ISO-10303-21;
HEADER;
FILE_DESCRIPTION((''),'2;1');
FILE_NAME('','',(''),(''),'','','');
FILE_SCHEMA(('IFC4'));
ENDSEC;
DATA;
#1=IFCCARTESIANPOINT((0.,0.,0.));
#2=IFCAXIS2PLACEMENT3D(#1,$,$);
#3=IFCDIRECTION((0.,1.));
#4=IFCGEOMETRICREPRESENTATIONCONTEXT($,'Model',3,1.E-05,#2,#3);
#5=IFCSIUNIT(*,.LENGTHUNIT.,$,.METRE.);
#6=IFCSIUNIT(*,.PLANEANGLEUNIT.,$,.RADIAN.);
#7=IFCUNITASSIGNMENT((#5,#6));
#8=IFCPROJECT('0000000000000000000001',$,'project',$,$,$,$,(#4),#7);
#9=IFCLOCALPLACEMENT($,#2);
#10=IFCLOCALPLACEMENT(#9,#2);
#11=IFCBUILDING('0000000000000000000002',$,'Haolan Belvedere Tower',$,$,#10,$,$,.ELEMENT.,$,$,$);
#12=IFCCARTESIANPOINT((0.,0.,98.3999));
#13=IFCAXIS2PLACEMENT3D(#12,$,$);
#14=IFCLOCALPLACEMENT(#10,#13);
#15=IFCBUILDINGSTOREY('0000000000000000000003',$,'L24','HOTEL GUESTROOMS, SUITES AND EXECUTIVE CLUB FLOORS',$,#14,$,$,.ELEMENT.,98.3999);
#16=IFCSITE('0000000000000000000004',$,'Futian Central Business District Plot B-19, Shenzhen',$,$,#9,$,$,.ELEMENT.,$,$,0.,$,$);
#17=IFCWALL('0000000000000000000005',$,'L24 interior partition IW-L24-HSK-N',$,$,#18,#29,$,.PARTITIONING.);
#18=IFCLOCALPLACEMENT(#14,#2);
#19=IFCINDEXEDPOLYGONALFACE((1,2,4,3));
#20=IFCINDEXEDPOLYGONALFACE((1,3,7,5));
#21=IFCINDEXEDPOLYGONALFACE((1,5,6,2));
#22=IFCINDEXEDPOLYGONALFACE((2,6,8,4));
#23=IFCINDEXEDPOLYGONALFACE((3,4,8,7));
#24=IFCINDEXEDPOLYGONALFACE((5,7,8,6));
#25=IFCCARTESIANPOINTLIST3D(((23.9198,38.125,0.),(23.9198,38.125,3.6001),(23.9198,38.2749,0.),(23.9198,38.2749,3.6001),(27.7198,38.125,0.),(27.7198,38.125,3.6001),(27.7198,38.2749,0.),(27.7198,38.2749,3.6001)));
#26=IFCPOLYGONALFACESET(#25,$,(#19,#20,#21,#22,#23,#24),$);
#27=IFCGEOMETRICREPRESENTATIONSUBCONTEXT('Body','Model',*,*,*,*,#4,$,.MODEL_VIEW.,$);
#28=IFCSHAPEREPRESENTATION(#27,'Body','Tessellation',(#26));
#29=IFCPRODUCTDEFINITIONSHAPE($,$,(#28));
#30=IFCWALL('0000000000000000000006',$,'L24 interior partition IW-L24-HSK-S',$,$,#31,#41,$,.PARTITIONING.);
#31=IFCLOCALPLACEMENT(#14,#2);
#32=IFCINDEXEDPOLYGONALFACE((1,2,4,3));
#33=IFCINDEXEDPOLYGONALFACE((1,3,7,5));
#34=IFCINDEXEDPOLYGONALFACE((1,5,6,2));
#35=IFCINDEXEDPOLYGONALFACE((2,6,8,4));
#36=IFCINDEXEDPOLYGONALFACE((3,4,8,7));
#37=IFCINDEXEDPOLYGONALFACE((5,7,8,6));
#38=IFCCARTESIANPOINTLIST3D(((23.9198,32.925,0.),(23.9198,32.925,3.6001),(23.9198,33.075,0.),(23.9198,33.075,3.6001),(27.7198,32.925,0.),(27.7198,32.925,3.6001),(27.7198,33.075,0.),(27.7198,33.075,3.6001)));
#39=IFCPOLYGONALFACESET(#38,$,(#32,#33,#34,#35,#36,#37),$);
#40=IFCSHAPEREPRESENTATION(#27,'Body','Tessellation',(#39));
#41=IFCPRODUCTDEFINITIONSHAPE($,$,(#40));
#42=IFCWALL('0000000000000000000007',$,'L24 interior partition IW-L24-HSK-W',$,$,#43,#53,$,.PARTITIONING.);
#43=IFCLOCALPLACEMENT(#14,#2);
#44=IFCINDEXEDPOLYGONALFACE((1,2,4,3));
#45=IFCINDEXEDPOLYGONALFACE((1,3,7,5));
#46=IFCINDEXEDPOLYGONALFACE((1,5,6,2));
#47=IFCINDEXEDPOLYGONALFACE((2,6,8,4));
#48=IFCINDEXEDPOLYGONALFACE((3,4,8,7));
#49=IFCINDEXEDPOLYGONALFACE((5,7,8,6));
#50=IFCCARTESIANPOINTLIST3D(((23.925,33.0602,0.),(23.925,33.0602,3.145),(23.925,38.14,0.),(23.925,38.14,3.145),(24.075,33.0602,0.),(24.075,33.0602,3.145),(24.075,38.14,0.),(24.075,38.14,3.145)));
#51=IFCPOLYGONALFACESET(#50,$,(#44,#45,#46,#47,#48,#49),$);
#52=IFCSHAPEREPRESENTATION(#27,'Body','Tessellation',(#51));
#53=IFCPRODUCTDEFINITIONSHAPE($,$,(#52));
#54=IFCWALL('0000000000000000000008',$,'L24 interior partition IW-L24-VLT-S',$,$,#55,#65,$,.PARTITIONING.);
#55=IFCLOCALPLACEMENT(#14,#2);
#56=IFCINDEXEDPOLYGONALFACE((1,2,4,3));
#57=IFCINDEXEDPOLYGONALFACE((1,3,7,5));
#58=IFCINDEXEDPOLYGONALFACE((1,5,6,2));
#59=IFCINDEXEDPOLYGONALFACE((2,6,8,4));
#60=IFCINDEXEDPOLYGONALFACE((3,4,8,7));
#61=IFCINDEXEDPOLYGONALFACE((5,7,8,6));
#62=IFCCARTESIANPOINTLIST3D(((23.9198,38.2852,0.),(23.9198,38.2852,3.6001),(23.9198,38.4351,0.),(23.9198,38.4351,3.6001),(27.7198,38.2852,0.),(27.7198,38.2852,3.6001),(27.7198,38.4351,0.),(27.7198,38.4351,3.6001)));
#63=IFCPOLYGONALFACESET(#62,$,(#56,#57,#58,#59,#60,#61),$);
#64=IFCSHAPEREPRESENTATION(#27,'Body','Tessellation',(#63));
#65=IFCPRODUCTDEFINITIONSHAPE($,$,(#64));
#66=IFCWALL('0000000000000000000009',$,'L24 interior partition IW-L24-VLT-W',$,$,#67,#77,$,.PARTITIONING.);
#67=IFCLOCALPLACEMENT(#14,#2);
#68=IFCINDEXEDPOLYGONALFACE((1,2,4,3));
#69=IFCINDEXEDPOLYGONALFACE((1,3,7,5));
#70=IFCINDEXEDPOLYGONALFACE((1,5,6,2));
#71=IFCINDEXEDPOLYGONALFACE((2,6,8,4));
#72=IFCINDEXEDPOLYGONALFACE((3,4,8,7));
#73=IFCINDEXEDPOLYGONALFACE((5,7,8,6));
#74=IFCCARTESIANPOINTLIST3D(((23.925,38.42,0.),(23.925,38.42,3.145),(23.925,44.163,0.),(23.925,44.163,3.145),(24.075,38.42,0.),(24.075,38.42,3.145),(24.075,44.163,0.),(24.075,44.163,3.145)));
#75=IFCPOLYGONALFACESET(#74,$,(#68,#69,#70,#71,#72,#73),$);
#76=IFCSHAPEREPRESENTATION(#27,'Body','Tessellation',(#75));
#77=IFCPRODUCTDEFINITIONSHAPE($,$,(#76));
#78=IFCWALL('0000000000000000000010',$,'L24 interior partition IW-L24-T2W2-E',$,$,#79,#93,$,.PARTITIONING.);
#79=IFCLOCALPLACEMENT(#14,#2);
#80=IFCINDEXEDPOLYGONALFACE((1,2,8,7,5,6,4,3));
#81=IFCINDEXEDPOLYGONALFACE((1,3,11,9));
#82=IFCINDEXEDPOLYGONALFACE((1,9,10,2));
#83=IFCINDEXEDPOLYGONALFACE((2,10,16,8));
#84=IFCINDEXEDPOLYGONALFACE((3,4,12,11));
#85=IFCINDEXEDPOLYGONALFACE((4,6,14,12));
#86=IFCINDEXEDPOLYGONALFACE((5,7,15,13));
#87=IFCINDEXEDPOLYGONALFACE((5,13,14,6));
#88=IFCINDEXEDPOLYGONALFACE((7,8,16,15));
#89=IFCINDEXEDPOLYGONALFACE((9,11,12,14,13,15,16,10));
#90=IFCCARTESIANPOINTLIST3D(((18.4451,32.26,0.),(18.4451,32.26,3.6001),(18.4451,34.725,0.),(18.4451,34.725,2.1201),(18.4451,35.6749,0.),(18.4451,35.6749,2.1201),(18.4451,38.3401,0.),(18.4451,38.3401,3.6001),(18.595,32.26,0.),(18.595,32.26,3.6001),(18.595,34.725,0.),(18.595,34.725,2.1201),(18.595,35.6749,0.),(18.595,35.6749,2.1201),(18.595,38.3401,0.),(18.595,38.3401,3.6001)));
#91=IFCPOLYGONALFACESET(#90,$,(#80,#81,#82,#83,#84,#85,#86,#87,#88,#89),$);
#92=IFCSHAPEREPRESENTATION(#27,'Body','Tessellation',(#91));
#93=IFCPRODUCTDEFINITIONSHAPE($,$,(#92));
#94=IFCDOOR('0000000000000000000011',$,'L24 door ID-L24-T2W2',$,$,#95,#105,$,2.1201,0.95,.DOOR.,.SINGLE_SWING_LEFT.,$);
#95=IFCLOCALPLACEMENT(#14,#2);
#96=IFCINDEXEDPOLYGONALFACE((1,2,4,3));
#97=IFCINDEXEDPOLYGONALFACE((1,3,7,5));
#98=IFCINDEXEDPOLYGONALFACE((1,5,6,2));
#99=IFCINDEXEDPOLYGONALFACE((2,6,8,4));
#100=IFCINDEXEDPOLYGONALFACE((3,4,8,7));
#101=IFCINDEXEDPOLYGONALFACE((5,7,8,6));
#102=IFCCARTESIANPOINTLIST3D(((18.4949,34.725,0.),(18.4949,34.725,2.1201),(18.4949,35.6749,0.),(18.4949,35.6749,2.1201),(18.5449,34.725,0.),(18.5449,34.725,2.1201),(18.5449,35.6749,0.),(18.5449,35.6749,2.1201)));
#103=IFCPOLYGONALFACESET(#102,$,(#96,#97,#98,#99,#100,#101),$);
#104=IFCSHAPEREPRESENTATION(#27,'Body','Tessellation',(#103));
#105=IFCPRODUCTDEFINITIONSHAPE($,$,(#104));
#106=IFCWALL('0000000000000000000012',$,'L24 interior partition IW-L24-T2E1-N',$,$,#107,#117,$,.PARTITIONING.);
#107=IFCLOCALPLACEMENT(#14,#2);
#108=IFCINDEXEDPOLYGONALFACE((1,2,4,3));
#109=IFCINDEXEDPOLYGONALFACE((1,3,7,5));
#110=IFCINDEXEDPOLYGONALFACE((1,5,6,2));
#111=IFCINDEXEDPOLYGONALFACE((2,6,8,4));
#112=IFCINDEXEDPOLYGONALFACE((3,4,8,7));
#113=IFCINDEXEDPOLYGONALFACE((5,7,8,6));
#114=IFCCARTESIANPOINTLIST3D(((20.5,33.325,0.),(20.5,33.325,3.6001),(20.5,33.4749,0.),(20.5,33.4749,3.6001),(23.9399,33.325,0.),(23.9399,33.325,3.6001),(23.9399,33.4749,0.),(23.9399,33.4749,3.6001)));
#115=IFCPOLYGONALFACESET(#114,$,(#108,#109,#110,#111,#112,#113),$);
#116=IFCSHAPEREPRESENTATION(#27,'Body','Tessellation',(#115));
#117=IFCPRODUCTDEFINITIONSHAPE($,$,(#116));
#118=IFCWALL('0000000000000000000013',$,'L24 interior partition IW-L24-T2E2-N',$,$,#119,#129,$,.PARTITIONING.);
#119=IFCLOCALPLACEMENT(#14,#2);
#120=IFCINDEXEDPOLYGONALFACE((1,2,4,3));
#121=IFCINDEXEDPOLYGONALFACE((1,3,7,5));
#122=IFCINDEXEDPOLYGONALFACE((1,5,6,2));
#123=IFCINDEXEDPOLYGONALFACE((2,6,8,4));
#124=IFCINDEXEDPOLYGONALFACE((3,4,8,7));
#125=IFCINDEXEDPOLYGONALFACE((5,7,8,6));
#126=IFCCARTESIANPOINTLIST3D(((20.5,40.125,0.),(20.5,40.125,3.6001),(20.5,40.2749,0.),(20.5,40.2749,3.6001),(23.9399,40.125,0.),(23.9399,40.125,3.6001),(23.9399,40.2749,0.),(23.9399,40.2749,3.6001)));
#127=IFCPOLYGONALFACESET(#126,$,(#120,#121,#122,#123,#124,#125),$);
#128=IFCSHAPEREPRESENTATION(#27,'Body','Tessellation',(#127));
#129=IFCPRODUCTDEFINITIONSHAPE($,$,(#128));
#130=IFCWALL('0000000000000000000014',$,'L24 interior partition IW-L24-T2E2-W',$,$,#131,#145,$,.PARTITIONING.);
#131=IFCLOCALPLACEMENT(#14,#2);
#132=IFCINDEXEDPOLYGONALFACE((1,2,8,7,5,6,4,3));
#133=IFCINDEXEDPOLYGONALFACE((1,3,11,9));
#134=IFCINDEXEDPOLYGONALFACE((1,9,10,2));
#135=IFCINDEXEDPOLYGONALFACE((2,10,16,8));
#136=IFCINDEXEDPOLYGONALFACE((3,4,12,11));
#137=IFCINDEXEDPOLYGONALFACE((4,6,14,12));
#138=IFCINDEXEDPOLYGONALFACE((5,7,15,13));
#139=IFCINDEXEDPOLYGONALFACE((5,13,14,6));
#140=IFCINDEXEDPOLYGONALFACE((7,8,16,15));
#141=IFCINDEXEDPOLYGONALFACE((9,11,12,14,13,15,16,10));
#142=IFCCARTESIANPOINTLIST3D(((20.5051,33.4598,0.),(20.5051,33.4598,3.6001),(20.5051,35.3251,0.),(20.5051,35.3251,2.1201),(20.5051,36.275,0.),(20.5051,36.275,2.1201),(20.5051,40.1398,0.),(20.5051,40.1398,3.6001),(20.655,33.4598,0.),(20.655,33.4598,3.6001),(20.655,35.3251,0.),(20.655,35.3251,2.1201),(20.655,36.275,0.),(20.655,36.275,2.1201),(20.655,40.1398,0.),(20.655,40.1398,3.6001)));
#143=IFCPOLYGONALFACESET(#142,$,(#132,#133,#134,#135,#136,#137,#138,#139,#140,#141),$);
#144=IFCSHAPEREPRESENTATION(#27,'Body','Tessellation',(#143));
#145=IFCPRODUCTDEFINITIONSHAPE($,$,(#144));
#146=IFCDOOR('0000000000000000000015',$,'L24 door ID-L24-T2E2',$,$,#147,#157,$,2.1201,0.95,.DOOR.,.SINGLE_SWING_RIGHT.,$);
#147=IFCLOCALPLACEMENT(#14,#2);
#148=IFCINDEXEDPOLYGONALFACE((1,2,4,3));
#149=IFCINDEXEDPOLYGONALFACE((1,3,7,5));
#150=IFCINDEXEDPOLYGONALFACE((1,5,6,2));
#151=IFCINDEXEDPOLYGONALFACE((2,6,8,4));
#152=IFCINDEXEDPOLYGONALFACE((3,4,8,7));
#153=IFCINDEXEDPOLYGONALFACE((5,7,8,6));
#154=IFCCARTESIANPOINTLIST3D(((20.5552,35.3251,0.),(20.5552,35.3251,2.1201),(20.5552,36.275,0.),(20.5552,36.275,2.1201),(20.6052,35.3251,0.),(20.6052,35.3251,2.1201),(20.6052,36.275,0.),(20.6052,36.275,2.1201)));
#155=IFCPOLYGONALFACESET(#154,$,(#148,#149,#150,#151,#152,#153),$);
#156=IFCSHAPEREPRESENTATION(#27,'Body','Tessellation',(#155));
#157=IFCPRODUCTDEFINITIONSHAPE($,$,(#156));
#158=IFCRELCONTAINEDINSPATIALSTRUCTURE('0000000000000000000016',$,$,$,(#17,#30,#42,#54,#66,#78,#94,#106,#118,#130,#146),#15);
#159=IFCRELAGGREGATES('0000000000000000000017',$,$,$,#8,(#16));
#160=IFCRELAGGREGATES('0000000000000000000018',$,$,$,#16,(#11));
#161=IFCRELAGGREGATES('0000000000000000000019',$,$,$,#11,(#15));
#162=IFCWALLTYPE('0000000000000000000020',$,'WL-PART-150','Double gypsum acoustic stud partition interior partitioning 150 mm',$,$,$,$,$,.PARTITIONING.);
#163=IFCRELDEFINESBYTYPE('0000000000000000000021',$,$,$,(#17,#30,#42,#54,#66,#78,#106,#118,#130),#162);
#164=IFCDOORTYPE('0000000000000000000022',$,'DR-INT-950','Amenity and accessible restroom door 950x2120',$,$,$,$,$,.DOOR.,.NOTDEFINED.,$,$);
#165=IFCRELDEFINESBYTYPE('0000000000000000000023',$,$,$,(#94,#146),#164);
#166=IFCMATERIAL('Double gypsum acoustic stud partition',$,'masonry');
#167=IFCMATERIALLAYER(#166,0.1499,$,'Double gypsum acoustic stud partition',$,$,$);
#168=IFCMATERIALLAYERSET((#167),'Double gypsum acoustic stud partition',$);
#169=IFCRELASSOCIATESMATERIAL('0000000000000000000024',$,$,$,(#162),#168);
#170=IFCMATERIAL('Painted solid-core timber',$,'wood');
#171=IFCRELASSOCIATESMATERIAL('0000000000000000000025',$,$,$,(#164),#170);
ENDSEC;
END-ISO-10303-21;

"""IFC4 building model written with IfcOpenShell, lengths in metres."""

from ifc_helpers import new_model, si_unit, direction, frame, frame_2d, origin, place, context, subcontext, project, spatial, rectangle, extrude, material, layer, layer_set, type_object, element, fill, save


model = new_model("IFC4")

# Units and contexts
model_context = context("Model", 3, precision=1e-05, world=origin(), true_north=direction((0.0, 1.0)))
body_context = subcontext(model_context, "Body", "Model", "MODEL_VIEW")
ifc_project = project(units=[si_unit("LENGTHUNIT", "METRE"), si_unit("PLANEANGLEUNIT", "RADIAN")], contexts=[model_context])

# Site, building, storey
site_placement = place(None, origin())
site = spatial("IfcSite", under=ifc_project, at=site_placement, Name="Futian Central Business District Plot B-19, Shenzhen", CompositionType="ELEMENT", RefElevation=0.0)
building_placement = place(site_placement, origin())
building = spatial("IfcBuilding", under=site, at=building_placement, Name="Haolan Belvedere Tower", CompositionType="ELEMENT")
storey_placement = place(building_placement, frame((0.0, 0.0, 98.3999)))
storey = spatial("IfcBuildingStorey", under=building, at=storey_placement, Name="L24", Description="HOTEL GUESTROOMS, SUITES AND EXECUTIVE CLUB FLOORS", CompositionType="ELEMENT", Elevation=98.3999)

# Walls
ifc_material_1 = material(Name="Double gypsum acoustic stud partition", Category="masonry")
ifc_layer_1 = layer(ifc_material_1, 0.1499, Name="Double gypsum acoustic stud partition")
ifc_layer_set_1 = layer_set([ifc_layer_1], Name="Double gypsum acoustic stud partition")
wall_type_1 = type_object("IfcWallType", Name="WL-PART-150", Description="Double gypsum acoustic stud partition interior partitioning 150 mm", PredefinedType="PARTITIONING", material=ifc_layer_set_1)
for number, where, z_axis, x_axis, name in (
    (1, (23.9199, 38.2, 0.0), (0.0, 0.0, 1.0), (1.0, 0.0, 0.0), "L24 interior partition IW-L24-HSK-N"),
    (2, (23.9199, 33.0, 0.0), (0.0, 0.0, 1.0), (1.0, 0.0, 0.0), "L24 interior partition IW-L24-HSK-S"),
):
    element("IfcWall", number, at=place(storey_placement, frame(where, z_axis=z_axis, x_axis=x_axis)), inside=storey, type_object=wall_type_1, Name=name, PredefinedType="PARTITIONING", context=body_context, shape_type="SweptSolid", body=[
        extrude(rectangle(XDim=3.8, YDim=0.1499, at=frame_2d((1.8999, 0.0))), origin(), (0.0, 0.0, 1.0), 3.6001),
    ])
wall_1_placement = place(storey_placement, frame((24.0, 33.0601, 0.0), z_axis=(0.0, 0.0, 1.0), x_axis=(0.0, 1.0, 0.0)))
element("IfcWall", 3, at=wall_1_placement, inside=storey, type_object=wall_type_1, Name="L24 interior partition IW-L24-HSK-W", PredefinedType="PARTITIONING", context=body_context, shape_type="SweptSolid", body=[
    extrude(rectangle(XDim=5.0798, YDim=0.1499, at=frame_2d((2.54, 0.0))), origin(), (0.0, 0.0, 1.0), 3.145),
])
wall_2_placement = place(storey_placement, frame((23.9199, 38.3601, 0.0), z_axis=(0.0, 0.0, 1.0), x_axis=(1.0, 0.0, 0.0)))
element("IfcWall", 4, at=wall_2_placement, inside=storey, type_object=wall_type_1, Name="L24 interior partition IW-L24-VLT-S", PredefinedType="PARTITIONING", context=body_context, shape_type="SweptSolid", body=[
    extrude(rectangle(XDim=3.8, YDim=0.1499, at=frame_2d((1.8999, 0.0))), origin(), (0.0, 0.0, 1.0), 3.6001),
])
wall_3_placement = place(storey_placement, frame((24.0, 38.4199, 0.0), z_axis=(0.0, 0.0, 1.0), x_axis=(0.0, 1.0, 0.0)))
element("IfcWall", 5, at=wall_3_placement, inside=storey, type_object=wall_type_1, Name="L24 interior partition IW-L24-VLT-W", PredefinedType="PARTITIONING", context=body_context, shape_type="SweptSolid", body=[
    extrude(rectangle(XDim=5.7429, YDim=0.1499, at=frame_2d((2.8716, 0.0))), origin(), (0.0, 0.0, 1.0), 3.145),
])

# Wall, opening, door
wall_4_placement = place(storey_placement, frame((18.52, 32.26, 0.0), z_axis=(0.0, 0.0, 1.0), x_axis=(0.0, 1.0, 0.0)))
wall_4 = element("IfcWall", 6, at=wall_4_placement, inside=storey, type_object=wall_type_1, Name="L24 interior partition IW-L24-T2W2-E", PredefinedType="PARTITIONING", context=body_context, shape_type="SweptSolid", body=[
    extrude(rectangle(XDim=6.0801, YDim=0.1499, at=frame_2d((3.04, 0.0))), origin(), (0.0, 0.0, 1.0), 3.6001),
])
opening_1_placement = place(wall_4_placement, frame((3.415, 0.0, 0.0), z_axis=(0.0, 0.0, 1.0), x_axis=(-1.0, 0.0, 0.0)))
opening_1 = element("IfcOpeningElement", 7, at=opening_1_placement, cuts=wall_4, PredefinedType="OPENING", context=body_context, shape_type="SweptSolid", body=[
    extrude(rectangle(XDim=0.95, YDim=2.1201, at=frame_2d((0.4751, 1.0601))), frame((0.0, 0.085, 0.0), z_axis=(0.0, -1.0, 0.0), x_axis=(1.0, 0.0, 0.0)), (0.0, 0.0, 1.0), 0.1699),
])
ifc_material_2 = material(Name="Painted solid-core timber", Category="wood")
door_type = type_object("IfcDoorType", Name="DR-INT-950", Description="Amenity and accessible restroom door 950x2120", OperationType="NOTDEFINED", PredefinedType="DOOR", material=ifc_material_2)
door_1_placement = place(opening_1_placement, origin())
door_1 = element("IfcDoor", 8, at=door_1_placement, inside=storey, type_object=door_type, Name="L24 door ID-L24-T2W2", OperationType="SINGLE_SWING_LEFT", OverallHeight=2.1201, OverallWidth=0.95, PredefinedType="DOOR", context=body_context, shape_type="SweptSolid", body=[
    extrude(rectangle(XDim=0.95, YDim=2.1201, at=frame_2d((0.4751, 1.0601))), frame((0.0, 0.0249, 0.0), z_axis=(0.0, -1.0, 0.0), x_axis=(1.0, 0.0, 0.0)), (0.0, 0.0, 1.0), 0.05),
])
fill(opening_1, door_1)

# Walls
for number, where, z_axis, x_axis, name in (
    (9, (20.5, 33.3999, 0.0), (0.0, 0.0, 1.0), (1.0, 0.0, 0.0), "L24 interior partition IW-L24-T2E1-N"),
    (10, (20.5, 40.2, 0.0), (0.0, 0.0, 1.0), (1.0, 0.0, 0.0), "L24 interior partition IW-L24-T2E2-N"),
):
    element("IfcWall", number, at=place(storey_placement, frame(where, z_axis=z_axis, x_axis=x_axis)), inside=storey, type_object=wall_type_1, Name=name, PredefinedType="PARTITIONING", context=body_context, shape_type="SweptSolid", body=[
        extrude(rectangle(XDim=3.4399, YDim=0.1499, at=frame_2d((1.72, 0.0))), origin(), (0.0, 0.0, 1.0), 3.6001),
    ])

# Wall, opening, door
wall_5_placement = place(storey_placement, frame((20.5801, 33.46, 0.0), z_axis=(0.0, 0.0, 1.0), x_axis=(0.0, 1.0, 0.0)))
wall_5 = element("IfcWall", 11, at=wall_5_placement, inside=storey, type_object=wall_type_1, Name="L24 interior partition IW-L24-T2E2-W", PredefinedType="PARTITIONING", context=body_context, shape_type="SweptSolid", body=[
    extrude(rectangle(XDim=6.6799, YDim=0.1499, at=frame_2d((3.3398, 0.0))), origin(), (0.0, 0.0, 1.0), 3.6001),
])
opening_2_placement = place(wall_5_placement, frame((1.865, 0.0, 0.0)))
opening_2 = element("IfcOpeningElement", 12, at=opening_2_placement, cuts=wall_5, PredefinedType="OPENING", context=body_context, shape_type="SweptSolid", body=[
    extrude(rectangle(XDim=0.95, YDim=2.1201, at=frame_2d((0.4751, 1.0601))), frame((0.0, 0.085, 0.0), z_axis=(0.0, -1.0, 0.0), x_axis=(1.0, 0.0, 0.0)), (0.0, 0.0, 1.0), 0.1699),
])
door_2_placement = place(opening_2_placement, origin())
door_2 = element("IfcDoor", 13, at=door_2_placement, inside=storey, type_object=door_type, Name="L24 door ID-L24-T2E2", OperationType="SINGLE_SWING_RIGHT", OverallHeight=2.1201, OverallWidth=0.95, PredefinedType="DOOR", context=body_context, shape_type="SweptSolid", body=[
    extrude(rectangle(XDim=0.95, YDim=2.1201, at=frame_2d((0.4751, 1.0601))), frame((0.0, 0.0249, 0.0), z_axis=(0.0, -1.0, 0.0), x_axis=(1.0, 0.0, 0.0)), (0.0, 0.0, 1.0), 0.05),
])
fill(opening_2, door_2)

save(model, "model.ifc")
